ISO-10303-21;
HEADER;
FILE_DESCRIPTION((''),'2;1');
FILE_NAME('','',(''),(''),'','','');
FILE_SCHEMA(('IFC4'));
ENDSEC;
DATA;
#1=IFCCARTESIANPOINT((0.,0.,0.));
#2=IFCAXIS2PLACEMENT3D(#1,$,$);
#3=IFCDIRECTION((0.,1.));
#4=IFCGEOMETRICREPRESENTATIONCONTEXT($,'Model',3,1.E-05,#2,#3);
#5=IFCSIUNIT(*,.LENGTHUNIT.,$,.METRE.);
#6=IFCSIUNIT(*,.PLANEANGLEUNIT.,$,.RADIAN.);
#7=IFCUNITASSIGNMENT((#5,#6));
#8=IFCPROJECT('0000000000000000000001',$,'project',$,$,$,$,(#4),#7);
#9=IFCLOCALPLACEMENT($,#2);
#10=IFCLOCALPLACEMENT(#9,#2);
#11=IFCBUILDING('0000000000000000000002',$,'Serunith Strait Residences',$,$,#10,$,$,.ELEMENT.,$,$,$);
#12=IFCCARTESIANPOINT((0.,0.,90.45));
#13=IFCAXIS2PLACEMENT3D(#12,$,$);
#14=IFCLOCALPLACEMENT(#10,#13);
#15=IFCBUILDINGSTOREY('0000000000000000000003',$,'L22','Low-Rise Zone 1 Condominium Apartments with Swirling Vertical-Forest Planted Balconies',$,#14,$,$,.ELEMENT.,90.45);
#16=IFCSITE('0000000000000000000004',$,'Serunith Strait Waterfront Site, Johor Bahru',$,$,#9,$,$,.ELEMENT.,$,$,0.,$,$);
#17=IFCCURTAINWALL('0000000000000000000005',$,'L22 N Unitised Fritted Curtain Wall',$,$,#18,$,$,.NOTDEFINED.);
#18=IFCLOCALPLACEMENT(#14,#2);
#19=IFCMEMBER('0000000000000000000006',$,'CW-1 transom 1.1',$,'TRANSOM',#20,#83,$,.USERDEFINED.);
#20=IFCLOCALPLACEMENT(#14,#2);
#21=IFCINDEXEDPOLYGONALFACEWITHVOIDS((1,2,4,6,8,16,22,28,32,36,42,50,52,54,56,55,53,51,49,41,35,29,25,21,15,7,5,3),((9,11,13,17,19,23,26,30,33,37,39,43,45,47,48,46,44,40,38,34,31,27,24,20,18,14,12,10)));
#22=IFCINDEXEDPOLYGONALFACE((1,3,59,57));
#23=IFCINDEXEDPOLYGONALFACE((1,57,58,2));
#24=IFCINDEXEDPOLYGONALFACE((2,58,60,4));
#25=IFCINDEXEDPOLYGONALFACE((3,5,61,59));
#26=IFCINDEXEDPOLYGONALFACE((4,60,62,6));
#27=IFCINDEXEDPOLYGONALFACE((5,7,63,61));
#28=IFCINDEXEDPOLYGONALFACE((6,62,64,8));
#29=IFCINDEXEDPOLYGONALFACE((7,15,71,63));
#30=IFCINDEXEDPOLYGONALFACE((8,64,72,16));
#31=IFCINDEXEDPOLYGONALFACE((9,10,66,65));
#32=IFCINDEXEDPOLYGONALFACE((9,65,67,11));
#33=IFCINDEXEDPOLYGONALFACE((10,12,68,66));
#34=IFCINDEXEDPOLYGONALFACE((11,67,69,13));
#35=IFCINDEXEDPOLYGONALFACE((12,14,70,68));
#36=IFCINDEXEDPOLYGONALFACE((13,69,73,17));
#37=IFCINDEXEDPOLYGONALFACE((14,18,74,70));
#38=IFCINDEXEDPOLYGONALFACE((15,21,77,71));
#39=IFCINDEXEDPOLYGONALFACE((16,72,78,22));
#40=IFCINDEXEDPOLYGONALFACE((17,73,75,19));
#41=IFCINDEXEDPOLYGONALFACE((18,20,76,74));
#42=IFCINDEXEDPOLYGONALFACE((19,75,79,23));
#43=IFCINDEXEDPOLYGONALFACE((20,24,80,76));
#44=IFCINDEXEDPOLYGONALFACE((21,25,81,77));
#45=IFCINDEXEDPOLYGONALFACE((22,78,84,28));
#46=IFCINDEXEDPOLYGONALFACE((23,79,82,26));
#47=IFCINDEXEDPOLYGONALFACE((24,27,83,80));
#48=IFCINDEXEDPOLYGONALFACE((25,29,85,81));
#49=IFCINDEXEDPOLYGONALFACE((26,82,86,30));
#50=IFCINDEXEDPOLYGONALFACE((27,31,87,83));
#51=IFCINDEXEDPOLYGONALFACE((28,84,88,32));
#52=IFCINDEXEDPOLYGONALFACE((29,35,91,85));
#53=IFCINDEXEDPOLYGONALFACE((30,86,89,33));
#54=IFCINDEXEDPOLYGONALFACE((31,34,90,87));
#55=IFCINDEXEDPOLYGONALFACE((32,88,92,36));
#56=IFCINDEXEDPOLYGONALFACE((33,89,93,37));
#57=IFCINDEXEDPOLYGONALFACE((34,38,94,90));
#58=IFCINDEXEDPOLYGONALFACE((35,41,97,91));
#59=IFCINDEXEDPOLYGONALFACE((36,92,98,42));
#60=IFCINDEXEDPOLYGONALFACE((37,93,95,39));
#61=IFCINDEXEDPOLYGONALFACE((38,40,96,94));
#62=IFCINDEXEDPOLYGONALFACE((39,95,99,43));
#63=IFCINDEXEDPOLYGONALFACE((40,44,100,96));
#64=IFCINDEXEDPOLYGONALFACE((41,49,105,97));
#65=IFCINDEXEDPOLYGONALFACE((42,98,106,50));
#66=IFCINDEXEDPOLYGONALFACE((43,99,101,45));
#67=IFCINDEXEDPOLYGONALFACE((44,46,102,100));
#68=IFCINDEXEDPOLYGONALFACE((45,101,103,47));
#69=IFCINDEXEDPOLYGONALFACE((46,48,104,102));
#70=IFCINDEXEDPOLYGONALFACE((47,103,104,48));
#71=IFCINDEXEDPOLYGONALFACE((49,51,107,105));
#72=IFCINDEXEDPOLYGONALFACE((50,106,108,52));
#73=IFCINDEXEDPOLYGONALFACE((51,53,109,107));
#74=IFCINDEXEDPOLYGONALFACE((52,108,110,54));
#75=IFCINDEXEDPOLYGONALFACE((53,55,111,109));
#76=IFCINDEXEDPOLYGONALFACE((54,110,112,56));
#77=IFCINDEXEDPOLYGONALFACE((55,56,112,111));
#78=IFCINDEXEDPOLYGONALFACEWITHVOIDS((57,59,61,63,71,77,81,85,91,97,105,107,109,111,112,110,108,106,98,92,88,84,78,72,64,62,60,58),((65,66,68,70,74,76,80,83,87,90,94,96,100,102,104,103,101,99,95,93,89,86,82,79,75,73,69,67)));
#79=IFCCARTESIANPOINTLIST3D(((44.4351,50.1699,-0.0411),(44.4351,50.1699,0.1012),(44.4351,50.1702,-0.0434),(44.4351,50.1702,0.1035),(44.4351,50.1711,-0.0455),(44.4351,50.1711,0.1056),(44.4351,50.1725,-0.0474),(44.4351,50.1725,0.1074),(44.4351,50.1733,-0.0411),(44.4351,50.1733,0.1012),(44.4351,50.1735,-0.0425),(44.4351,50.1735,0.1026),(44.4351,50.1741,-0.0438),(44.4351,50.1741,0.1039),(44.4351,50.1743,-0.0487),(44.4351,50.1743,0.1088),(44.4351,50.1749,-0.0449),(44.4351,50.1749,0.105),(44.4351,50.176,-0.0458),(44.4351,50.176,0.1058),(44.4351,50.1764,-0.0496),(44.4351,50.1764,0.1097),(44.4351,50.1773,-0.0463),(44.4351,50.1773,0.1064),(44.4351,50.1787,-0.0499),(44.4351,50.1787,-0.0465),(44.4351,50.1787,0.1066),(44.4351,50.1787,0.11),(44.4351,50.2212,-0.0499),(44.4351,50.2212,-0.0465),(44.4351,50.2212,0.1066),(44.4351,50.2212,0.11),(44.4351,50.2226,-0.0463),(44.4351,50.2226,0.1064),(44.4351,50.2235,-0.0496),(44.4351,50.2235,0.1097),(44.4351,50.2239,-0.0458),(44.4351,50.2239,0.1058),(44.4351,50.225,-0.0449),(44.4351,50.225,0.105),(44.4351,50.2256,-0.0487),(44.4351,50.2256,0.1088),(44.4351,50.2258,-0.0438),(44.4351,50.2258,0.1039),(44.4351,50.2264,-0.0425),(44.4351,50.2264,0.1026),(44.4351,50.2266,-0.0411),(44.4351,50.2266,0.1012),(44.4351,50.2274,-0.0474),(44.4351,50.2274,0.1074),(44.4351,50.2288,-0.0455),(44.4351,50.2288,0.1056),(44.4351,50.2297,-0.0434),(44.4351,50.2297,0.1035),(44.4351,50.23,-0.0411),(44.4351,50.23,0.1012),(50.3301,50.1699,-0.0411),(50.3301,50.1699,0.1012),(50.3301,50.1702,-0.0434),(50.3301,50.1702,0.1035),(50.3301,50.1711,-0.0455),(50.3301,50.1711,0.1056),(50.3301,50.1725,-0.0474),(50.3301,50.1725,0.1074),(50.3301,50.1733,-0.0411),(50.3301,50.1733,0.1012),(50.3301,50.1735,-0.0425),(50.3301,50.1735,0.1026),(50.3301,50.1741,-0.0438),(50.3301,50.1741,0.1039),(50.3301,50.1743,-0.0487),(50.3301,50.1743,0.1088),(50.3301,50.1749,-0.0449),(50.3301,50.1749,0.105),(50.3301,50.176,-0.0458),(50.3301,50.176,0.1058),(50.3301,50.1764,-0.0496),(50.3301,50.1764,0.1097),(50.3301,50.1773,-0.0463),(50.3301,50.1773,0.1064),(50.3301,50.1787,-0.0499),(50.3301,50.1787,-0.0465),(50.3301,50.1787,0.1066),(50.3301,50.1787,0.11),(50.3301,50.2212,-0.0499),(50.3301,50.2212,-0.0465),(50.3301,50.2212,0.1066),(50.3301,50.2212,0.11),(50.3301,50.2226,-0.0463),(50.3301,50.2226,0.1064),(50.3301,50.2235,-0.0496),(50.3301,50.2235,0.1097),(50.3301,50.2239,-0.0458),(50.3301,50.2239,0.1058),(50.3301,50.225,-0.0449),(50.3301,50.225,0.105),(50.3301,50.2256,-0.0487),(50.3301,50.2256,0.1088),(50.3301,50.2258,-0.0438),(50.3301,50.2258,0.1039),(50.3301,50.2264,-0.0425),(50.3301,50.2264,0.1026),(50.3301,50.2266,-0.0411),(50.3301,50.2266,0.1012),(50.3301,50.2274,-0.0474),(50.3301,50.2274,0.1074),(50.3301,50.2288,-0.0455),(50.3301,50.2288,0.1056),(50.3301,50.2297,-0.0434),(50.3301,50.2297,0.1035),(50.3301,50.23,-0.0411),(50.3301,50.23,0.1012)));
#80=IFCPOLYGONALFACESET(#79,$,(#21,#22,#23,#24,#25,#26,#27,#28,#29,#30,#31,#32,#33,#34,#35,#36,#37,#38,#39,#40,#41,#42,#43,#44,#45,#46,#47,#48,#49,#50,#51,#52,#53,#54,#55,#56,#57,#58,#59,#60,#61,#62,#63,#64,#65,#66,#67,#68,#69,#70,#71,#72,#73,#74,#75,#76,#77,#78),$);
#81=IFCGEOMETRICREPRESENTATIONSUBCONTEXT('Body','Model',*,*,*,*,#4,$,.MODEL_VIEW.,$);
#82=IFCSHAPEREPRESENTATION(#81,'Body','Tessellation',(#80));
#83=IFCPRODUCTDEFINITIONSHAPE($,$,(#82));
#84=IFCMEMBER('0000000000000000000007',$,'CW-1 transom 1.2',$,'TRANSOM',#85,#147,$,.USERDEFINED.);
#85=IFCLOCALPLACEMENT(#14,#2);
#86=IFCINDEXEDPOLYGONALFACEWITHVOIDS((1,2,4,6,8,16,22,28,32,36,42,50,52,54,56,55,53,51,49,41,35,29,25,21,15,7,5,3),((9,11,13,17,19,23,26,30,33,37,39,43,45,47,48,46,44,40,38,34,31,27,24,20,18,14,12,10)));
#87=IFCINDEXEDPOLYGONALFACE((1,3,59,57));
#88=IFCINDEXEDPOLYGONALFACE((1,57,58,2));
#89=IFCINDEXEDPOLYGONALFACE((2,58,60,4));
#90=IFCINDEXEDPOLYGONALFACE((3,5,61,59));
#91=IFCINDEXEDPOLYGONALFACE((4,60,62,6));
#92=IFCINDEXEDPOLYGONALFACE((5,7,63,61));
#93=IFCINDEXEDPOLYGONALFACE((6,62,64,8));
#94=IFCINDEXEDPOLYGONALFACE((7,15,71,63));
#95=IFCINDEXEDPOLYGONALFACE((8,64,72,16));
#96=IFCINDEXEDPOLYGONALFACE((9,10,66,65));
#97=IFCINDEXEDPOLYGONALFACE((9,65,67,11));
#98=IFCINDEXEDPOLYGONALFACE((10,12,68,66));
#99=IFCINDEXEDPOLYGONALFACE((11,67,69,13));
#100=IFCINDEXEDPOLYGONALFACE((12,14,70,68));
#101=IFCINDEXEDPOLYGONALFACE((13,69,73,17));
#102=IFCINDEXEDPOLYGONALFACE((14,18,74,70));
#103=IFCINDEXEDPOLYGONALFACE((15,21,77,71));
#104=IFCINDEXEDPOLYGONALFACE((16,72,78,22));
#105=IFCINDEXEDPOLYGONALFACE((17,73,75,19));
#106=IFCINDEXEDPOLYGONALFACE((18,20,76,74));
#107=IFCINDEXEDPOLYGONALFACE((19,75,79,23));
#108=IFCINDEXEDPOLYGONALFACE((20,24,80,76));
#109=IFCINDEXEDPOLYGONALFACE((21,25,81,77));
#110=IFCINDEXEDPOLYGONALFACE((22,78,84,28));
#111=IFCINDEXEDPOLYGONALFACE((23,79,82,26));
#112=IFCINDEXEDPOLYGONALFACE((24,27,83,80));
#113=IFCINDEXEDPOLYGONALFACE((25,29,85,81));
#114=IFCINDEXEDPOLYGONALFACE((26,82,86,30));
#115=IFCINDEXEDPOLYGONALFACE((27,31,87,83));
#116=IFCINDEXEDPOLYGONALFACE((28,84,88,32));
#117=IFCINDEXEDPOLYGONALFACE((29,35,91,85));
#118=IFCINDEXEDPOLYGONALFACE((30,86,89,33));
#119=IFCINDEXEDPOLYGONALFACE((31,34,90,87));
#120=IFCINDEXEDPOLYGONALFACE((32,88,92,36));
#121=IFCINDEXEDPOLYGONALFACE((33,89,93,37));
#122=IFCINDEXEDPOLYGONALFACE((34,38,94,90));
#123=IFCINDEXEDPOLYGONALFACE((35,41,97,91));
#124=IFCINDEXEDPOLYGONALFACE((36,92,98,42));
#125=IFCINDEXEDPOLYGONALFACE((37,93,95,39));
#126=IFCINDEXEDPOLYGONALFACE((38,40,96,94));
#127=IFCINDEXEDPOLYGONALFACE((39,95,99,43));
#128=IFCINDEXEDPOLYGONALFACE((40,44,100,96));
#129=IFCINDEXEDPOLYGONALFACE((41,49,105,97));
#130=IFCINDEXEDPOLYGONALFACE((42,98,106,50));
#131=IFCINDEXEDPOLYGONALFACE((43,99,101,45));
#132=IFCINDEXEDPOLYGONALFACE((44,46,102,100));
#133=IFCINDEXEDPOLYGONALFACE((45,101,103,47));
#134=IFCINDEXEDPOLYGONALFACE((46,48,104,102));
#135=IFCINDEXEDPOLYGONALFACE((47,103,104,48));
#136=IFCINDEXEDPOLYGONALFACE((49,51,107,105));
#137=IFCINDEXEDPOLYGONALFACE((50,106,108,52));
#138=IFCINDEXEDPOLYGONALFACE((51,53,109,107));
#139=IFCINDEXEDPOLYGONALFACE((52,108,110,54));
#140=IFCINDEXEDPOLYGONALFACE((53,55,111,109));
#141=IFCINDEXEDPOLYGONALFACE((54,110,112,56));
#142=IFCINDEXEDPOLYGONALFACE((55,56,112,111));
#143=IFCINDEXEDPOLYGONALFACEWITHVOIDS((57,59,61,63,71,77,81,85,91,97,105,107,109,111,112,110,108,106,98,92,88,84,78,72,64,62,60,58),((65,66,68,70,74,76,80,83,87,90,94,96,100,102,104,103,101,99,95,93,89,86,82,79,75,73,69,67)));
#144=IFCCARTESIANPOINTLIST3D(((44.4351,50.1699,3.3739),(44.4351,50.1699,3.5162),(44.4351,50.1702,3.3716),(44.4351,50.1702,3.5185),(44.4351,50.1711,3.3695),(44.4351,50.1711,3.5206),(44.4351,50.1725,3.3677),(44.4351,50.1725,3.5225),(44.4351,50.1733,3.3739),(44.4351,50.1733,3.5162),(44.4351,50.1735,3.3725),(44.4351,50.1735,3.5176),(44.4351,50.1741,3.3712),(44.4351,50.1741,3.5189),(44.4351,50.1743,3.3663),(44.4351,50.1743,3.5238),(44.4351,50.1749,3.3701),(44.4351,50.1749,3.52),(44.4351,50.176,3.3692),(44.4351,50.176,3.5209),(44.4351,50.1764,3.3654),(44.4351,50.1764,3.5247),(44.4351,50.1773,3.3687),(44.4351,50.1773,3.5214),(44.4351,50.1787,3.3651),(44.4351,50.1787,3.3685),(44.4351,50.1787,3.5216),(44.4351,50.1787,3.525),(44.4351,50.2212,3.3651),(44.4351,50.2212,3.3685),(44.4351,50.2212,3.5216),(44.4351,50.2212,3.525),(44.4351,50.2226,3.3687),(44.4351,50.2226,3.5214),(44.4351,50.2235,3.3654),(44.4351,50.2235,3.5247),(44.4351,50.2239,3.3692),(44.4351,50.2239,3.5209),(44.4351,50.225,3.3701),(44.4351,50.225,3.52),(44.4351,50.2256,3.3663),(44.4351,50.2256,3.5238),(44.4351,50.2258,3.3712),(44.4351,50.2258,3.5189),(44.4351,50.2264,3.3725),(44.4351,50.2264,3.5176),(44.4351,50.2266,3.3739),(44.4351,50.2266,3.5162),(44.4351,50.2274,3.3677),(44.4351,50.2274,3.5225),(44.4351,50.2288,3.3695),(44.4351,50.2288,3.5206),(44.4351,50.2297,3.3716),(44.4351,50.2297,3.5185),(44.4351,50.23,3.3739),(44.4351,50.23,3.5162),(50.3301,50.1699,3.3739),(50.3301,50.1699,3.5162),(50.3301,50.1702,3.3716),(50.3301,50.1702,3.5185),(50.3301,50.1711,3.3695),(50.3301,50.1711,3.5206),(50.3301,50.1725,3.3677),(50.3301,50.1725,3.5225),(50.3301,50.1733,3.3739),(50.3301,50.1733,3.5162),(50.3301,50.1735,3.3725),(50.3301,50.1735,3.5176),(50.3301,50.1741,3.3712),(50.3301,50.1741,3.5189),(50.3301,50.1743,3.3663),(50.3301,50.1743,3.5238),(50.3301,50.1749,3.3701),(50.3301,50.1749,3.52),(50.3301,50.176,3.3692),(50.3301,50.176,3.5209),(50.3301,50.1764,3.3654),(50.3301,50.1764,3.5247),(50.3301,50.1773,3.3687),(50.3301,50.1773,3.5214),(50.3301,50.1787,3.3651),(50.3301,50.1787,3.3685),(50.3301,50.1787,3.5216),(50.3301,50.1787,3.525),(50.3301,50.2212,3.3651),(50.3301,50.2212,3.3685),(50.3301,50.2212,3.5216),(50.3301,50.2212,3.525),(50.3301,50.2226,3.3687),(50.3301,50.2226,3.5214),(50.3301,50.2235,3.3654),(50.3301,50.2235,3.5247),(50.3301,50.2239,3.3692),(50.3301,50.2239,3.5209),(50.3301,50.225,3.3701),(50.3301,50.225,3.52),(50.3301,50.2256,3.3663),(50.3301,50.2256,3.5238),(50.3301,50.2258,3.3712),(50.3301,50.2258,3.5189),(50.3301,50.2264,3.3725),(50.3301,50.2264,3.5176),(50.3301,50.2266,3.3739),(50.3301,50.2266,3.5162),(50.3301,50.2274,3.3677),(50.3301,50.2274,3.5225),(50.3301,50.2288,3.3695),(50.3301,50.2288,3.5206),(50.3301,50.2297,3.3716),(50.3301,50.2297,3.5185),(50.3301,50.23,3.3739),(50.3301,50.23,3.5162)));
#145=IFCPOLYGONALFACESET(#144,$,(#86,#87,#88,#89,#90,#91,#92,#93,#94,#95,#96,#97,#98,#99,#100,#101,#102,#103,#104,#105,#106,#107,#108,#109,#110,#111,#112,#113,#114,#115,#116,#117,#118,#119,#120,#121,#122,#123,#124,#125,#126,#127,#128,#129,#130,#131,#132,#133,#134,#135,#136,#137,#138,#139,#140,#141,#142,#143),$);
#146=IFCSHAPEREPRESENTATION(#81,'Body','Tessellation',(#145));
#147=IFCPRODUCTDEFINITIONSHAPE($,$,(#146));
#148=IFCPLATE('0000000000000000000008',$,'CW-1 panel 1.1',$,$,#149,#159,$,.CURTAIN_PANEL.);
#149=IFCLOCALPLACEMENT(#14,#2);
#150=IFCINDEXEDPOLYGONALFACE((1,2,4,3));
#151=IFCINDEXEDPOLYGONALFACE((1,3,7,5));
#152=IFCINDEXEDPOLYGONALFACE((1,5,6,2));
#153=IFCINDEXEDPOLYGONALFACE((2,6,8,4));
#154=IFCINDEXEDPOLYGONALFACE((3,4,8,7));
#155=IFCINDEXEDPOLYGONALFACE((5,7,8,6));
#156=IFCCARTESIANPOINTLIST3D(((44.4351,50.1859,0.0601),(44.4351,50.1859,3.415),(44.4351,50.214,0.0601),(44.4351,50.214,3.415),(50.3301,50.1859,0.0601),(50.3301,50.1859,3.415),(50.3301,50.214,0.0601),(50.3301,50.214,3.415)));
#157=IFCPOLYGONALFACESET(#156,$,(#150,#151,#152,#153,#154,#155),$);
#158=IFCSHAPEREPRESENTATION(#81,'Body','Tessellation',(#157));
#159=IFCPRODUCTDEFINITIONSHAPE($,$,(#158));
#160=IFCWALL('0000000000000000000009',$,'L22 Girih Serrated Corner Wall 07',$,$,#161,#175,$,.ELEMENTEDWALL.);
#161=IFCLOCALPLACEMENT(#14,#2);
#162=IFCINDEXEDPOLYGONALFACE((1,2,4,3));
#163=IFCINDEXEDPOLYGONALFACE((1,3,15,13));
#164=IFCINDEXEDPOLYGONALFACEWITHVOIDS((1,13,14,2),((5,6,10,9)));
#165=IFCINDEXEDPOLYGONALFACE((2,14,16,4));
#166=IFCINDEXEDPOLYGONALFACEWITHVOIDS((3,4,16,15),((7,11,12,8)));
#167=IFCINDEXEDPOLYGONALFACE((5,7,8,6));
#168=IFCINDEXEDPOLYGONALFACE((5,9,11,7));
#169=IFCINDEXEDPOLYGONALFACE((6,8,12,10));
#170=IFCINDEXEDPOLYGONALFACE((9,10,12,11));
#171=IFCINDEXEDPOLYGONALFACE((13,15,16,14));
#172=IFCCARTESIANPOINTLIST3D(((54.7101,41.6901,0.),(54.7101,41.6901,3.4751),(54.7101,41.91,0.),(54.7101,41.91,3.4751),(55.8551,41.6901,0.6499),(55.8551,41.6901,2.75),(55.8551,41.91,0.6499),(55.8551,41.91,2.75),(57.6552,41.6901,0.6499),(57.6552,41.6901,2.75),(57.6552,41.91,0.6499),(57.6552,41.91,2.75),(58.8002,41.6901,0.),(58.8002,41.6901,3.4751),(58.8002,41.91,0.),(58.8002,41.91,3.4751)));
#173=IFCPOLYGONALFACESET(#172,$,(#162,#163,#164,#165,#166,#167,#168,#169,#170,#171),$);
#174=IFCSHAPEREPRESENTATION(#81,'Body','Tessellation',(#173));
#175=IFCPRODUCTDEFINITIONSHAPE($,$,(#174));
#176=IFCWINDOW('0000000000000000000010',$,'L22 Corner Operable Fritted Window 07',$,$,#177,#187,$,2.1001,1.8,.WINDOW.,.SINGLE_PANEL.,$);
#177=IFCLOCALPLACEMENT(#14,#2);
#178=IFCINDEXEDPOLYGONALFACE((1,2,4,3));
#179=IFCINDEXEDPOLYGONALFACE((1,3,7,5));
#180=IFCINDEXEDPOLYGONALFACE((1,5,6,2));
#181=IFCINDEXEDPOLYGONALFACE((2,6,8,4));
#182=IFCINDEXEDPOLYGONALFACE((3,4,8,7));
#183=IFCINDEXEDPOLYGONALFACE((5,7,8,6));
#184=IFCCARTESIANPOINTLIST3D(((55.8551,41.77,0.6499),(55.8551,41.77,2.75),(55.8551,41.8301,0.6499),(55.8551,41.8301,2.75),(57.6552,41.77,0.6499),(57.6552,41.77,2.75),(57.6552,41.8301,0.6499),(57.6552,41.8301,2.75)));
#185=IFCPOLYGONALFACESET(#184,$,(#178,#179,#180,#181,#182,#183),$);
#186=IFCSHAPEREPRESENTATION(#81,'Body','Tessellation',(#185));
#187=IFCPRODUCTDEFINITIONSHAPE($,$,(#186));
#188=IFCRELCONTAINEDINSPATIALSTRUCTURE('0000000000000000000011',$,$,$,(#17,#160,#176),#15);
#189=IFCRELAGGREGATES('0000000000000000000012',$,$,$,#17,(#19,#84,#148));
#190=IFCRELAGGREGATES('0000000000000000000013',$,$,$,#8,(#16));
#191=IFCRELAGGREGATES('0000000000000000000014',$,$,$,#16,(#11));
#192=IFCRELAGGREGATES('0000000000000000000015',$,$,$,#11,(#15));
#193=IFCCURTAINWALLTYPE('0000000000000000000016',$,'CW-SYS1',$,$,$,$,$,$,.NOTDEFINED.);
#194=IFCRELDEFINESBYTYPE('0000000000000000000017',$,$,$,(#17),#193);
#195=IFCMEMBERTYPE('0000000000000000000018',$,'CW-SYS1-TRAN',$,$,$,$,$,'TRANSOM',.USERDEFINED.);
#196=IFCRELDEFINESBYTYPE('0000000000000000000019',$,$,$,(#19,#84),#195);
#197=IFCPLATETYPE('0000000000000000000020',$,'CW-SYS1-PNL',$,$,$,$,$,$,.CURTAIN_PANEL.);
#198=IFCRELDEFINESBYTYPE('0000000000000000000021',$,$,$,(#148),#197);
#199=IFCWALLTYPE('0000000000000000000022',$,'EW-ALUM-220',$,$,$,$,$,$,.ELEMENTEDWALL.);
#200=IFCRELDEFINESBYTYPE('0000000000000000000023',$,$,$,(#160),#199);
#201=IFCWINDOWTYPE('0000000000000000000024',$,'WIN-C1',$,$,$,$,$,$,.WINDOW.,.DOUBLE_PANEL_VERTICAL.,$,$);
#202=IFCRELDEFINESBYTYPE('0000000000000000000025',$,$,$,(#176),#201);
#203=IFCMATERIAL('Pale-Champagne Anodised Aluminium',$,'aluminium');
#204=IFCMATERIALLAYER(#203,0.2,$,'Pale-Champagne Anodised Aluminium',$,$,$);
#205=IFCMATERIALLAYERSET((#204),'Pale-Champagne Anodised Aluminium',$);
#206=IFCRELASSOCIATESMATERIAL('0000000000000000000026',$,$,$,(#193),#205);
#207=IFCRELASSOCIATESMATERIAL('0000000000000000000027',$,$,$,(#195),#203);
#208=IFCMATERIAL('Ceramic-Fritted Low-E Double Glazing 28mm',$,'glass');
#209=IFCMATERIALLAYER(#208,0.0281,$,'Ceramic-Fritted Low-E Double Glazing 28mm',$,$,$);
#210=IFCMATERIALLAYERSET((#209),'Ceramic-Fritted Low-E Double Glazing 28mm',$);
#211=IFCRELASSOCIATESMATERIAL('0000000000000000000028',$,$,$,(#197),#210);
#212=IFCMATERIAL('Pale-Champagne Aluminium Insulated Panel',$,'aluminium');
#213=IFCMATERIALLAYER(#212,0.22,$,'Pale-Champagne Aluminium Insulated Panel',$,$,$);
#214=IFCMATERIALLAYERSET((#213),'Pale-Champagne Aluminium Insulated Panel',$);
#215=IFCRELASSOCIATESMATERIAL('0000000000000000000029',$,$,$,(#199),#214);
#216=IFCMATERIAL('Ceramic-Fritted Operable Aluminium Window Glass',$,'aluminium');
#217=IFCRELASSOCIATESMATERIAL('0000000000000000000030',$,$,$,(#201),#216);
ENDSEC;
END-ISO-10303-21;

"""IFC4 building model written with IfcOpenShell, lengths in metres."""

from ifc_helpers import new_model, si_unit, direction, frame, frame_2d, origin, origin_2d, place, context, subcontext, project, spatial, rectangle, hollow_rectangle, extrude, source, transform, mapped, material, layer, layer_set, material_profile, profile_set, type_object, element, fill, aggregate, save


model = new_model("IFC4")

# Units and contexts
model_context = context("Model", 3, precision=1e-05, world=origin(), true_north=direction((0.0, 1.0)))
body_context = subcontext(model_context, "Body", "Model", "MODEL_VIEW")
ifc_project = project(units=[si_unit("LENGTHUNIT", "METRE"), si_unit("PLANEANGLEUNIT", "RADIAN")], contexts=[model_context])

# Site, building, storey
site_placement = place(None, origin())
site = spatial("IfcSite", under=ifc_project, at=site_placement, Name="Serunith Strait Waterfront Site, Johor Bahru", CompositionType="ELEMENT", RefElevation=0.0)
building_placement = place(site_placement, origin())
building = spatial("IfcBuilding", under=site, at=building_placement, Name="Serunith Strait Residences", CompositionType="ELEMENT")
storey_placement = place(building_placement, frame((0.0, 0.0, 90.45)))
storey = spatial("IfcBuildingStorey", under=building, at=storey_placement, Name="L22", Description="Low-Rise Zone 1 Condominium Apartments with Swirling Vertical-Forest Planted Balconies", CompositionType="ELEMENT", Elevation=90.45)

# Shared definitions
ifc_material_1 = material(Name="Pale-Champagne Anodised Aluminium", Category="aluminium")
ifc_layer_1 = layer(ifc_material_1, 0.2, Name="Pale-Champagne Anodised Aluminium")
ifc_layer_set_1 = layer_set([ifc_layer_1], Name="Pale-Champagne Anodised Aluminium")
curtain_wall_type = type_object("IfcCurtainWallType", Name="CW-SYS1", PredefinedType="NOTDEFINED", material=ifc_layer_set_1)

# Curtain wall, members, plate
curtain_wall_1_placement = place(storey_placement, origin())
curtain_wall_1 = element("IfcCurtainWall", 1, at=curtain_wall_1_placement, inside=storey, type_object=curtain_wall_type, Name="L22 N Unitised Fritted Curtain Wall", PredefinedType="NOTDEFINED")
ifc_material_profile_1 = material_profile(ifc_material_1, hollow_rectangle(XDim=0.0601, YDim=0.1599, WallThickness=0.0034, InnerFilletRadius=0.0054, OuterFilletRadius=0.0088, at=origin_2d()), Name="ALU 160x60x3.5")
ifc_profile_set_1 = profile_set([ifc_material_profile_1], Name="Pale-Champagne Anodised Aluminium")
member_type_1 = type_object("IfcMemberType", Name="CW-SYS1-TRAN", ElementType="TRANSOM", PredefinedType="USERDEFINED", material=ifc_profile_set_1)
shared_shape_1 = source(origin(), body_context, "Body", "SweptSolid", [
    extrude(hollow_rectangle(XDim=0.0601, YDim=0.1599, WallThickness=0.0034, InnerFilletRadius=0.0054, OuterFilletRadius=0.0088, at=origin_2d()), origin(), (0.0, 0.0, 1.0), 5.895),
])
member_1_placement = place(storey_placement, frame((50.3301, 50.2, 0.03), z_axis=(-1.0, 0.0, 0.0), x_axis=(0.0, -1.0, 0.0)))
member_1 = element("IfcMember", 2, at=member_1_placement, type_object=member_type_1, Name="CW-1 transom 1.1", ObjectType="TRANSOM", PredefinedType="USERDEFINED", context=body_context, shape_type="MappedRepresentation", body=[
    mapped(shared_shape_1, transform((0.0, 0.0, 0.0), scale=1.0)),
])
member_2_placement = place(storey_placement, frame((50.3301, 50.2, 3.4451), z_axis=(-1.0, 0.0, 0.0), x_axis=(0.0, -1.0, 0.0)))
member_2 = element("IfcMember", 3, at=member_2_placement, type_object=member_type_1, Name="CW-1 transom 1.2", ObjectType="TRANSOM", PredefinedType="USERDEFINED", context=body_context, shape_type="MappedRepresentation", body=[
    mapped(shared_shape_1, transform((0.0, 0.0, 0.0), scale=1.0)),
])
ifc_material_2 = material(Name="Ceramic-Fritted Low-E Double Glazing 28mm", Category="glass")
ifc_layer_2 = layer(ifc_material_2, 0.0281, Name="Ceramic-Fritted Low-E Double Glazing 28mm")
ifc_layer_set_2 = layer_set([ifc_layer_2], Name="Ceramic-Fritted Low-E Double Glazing 28mm")
plate_type = type_object("IfcPlateType", Name="CW-SYS1-PNL", PredefinedType="CURTAIN_PANEL", material=ifc_layer_set_2)
shared_shape_2 = source(origin(), body_context, "Body", "SweptSolid", [
    extrude(rectangle(XDim=5.895, YDim=0.0281, at=origin_2d()), origin(), (0.0, 0.0, 1.0), 3.355),
])
plate_placement = place(storey_placement, frame((47.3826, 50.2, 0.0601), z_axis=(0.0, 0.0, 1.0), x_axis=(-1.0, 0.0, 0.0)))
plate = element("IfcPlate", 4, at=plate_placement, type_object=plate_type, Name="CW-1 panel 1.1", PredefinedType="CURTAIN_PANEL", context=body_context, shape_type="MappedRepresentation", body=[
    mapped(shared_shape_2, transform((0.0, 0.0, 0.0), scale=1.0)),
])
aggregate(curtain_wall_1, [member_1, member_2, plate])

# Wall, opening, window
ifc_material_3 = material(Name="Pale-Champagne Aluminium Insulated Panel", Category="aluminium")
ifc_layer_3 = layer(ifc_material_3, 0.22, Name="Pale-Champagne Aluminium Insulated Panel")
ifc_layer_set_3 = layer_set([ifc_layer_3], Name="Pale-Champagne Aluminium Insulated Panel")
wall_type_1 = type_object("IfcWallType", Name="EW-ALUM-220", PredefinedType="ELEMENTEDWALL", material=ifc_layer_set_3)
wall_1_placement = place(storey_placement, frame((58.8, 41.8, 0.0), z_axis=(0.0, 0.0, 1.0), x_axis=(-1.0, 0.0, 0.0)))
wall_1 = element("IfcWall", 5, at=wall_1_placement, inside=storey, type_object=wall_type_1, Name="L22 Girih Serrated Corner Wall 07", PredefinedType="ELEMENTEDWALL", context=body_context, shape_type="SweptSolid", body=[
    extrude(rectangle(XDim=4.0901, YDim=0.22, at=frame_2d((2.0449, 0.0))), origin(), (0.0, 0.0, 1.0), 3.4751),
])
opening_1_placement = place(wall_1_placement, frame((1.145, 0.0, 0.6499)))
opening_1 = element("IfcOpeningElement", 6, at=opening_1_placement, cuts=wall_1, PredefinedType="OPENING", context=body_context, shape_type="SweptSolid", body=[
    extrude(rectangle(XDim=1.8, YDim=2.1001, at=frame_2d((0.8999, 1.05))), frame((0.0, 0.1201, 0.0), z_axis=(0.0, -1.0, 0.0), x_axis=(1.0, 0.0, 0.0)), (0.0, 0.0, 1.0), 0.24),
])
ifc_material_4 = material(Name="Ceramic-Fritted Operable Aluminium Window Glass", Category="aluminium")
window_type = type_object("IfcWindowType", Name="WIN-C1", PartitioningType="DOUBLE_PANEL_VERTICAL", PredefinedType="WINDOW", material=ifc_material_4)
shared_shape_3 = source(origin(), body_context, "Body", "SweptSolid", [
    extrude(rectangle(XDim=1.8, YDim=2.1001, at=frame_2d((0.8999, 1.05))), frame((0.0, 0.03, 0.0), z_axis=(0.0, -1.0, 0.0), x_axis=(1.0, 0.0, 0.0)), (0.0, 0.0, 1.0), 0.0601),
])
window_1_placement = place(opening_1_placement, origin())
window_1 = element("IfcWindow", 7, at=window_1_placement, inside=storey, type_object=window_type, Name="L22 Corner Operable Fritted Window 07", OverallHeight=2.1001, OverallWidth=1.8, PartitioningType="SINGLE_PANEL", PredefinedType="WINDOW", context=body_context, shape_type="MappedRepresentation", body=[
    mapped(shared_shape_3, transform((0.0, 0.0, 0.0), scale=1.0)),
])
fill(opening_1, window_1)

save(model, "model.ifc")
